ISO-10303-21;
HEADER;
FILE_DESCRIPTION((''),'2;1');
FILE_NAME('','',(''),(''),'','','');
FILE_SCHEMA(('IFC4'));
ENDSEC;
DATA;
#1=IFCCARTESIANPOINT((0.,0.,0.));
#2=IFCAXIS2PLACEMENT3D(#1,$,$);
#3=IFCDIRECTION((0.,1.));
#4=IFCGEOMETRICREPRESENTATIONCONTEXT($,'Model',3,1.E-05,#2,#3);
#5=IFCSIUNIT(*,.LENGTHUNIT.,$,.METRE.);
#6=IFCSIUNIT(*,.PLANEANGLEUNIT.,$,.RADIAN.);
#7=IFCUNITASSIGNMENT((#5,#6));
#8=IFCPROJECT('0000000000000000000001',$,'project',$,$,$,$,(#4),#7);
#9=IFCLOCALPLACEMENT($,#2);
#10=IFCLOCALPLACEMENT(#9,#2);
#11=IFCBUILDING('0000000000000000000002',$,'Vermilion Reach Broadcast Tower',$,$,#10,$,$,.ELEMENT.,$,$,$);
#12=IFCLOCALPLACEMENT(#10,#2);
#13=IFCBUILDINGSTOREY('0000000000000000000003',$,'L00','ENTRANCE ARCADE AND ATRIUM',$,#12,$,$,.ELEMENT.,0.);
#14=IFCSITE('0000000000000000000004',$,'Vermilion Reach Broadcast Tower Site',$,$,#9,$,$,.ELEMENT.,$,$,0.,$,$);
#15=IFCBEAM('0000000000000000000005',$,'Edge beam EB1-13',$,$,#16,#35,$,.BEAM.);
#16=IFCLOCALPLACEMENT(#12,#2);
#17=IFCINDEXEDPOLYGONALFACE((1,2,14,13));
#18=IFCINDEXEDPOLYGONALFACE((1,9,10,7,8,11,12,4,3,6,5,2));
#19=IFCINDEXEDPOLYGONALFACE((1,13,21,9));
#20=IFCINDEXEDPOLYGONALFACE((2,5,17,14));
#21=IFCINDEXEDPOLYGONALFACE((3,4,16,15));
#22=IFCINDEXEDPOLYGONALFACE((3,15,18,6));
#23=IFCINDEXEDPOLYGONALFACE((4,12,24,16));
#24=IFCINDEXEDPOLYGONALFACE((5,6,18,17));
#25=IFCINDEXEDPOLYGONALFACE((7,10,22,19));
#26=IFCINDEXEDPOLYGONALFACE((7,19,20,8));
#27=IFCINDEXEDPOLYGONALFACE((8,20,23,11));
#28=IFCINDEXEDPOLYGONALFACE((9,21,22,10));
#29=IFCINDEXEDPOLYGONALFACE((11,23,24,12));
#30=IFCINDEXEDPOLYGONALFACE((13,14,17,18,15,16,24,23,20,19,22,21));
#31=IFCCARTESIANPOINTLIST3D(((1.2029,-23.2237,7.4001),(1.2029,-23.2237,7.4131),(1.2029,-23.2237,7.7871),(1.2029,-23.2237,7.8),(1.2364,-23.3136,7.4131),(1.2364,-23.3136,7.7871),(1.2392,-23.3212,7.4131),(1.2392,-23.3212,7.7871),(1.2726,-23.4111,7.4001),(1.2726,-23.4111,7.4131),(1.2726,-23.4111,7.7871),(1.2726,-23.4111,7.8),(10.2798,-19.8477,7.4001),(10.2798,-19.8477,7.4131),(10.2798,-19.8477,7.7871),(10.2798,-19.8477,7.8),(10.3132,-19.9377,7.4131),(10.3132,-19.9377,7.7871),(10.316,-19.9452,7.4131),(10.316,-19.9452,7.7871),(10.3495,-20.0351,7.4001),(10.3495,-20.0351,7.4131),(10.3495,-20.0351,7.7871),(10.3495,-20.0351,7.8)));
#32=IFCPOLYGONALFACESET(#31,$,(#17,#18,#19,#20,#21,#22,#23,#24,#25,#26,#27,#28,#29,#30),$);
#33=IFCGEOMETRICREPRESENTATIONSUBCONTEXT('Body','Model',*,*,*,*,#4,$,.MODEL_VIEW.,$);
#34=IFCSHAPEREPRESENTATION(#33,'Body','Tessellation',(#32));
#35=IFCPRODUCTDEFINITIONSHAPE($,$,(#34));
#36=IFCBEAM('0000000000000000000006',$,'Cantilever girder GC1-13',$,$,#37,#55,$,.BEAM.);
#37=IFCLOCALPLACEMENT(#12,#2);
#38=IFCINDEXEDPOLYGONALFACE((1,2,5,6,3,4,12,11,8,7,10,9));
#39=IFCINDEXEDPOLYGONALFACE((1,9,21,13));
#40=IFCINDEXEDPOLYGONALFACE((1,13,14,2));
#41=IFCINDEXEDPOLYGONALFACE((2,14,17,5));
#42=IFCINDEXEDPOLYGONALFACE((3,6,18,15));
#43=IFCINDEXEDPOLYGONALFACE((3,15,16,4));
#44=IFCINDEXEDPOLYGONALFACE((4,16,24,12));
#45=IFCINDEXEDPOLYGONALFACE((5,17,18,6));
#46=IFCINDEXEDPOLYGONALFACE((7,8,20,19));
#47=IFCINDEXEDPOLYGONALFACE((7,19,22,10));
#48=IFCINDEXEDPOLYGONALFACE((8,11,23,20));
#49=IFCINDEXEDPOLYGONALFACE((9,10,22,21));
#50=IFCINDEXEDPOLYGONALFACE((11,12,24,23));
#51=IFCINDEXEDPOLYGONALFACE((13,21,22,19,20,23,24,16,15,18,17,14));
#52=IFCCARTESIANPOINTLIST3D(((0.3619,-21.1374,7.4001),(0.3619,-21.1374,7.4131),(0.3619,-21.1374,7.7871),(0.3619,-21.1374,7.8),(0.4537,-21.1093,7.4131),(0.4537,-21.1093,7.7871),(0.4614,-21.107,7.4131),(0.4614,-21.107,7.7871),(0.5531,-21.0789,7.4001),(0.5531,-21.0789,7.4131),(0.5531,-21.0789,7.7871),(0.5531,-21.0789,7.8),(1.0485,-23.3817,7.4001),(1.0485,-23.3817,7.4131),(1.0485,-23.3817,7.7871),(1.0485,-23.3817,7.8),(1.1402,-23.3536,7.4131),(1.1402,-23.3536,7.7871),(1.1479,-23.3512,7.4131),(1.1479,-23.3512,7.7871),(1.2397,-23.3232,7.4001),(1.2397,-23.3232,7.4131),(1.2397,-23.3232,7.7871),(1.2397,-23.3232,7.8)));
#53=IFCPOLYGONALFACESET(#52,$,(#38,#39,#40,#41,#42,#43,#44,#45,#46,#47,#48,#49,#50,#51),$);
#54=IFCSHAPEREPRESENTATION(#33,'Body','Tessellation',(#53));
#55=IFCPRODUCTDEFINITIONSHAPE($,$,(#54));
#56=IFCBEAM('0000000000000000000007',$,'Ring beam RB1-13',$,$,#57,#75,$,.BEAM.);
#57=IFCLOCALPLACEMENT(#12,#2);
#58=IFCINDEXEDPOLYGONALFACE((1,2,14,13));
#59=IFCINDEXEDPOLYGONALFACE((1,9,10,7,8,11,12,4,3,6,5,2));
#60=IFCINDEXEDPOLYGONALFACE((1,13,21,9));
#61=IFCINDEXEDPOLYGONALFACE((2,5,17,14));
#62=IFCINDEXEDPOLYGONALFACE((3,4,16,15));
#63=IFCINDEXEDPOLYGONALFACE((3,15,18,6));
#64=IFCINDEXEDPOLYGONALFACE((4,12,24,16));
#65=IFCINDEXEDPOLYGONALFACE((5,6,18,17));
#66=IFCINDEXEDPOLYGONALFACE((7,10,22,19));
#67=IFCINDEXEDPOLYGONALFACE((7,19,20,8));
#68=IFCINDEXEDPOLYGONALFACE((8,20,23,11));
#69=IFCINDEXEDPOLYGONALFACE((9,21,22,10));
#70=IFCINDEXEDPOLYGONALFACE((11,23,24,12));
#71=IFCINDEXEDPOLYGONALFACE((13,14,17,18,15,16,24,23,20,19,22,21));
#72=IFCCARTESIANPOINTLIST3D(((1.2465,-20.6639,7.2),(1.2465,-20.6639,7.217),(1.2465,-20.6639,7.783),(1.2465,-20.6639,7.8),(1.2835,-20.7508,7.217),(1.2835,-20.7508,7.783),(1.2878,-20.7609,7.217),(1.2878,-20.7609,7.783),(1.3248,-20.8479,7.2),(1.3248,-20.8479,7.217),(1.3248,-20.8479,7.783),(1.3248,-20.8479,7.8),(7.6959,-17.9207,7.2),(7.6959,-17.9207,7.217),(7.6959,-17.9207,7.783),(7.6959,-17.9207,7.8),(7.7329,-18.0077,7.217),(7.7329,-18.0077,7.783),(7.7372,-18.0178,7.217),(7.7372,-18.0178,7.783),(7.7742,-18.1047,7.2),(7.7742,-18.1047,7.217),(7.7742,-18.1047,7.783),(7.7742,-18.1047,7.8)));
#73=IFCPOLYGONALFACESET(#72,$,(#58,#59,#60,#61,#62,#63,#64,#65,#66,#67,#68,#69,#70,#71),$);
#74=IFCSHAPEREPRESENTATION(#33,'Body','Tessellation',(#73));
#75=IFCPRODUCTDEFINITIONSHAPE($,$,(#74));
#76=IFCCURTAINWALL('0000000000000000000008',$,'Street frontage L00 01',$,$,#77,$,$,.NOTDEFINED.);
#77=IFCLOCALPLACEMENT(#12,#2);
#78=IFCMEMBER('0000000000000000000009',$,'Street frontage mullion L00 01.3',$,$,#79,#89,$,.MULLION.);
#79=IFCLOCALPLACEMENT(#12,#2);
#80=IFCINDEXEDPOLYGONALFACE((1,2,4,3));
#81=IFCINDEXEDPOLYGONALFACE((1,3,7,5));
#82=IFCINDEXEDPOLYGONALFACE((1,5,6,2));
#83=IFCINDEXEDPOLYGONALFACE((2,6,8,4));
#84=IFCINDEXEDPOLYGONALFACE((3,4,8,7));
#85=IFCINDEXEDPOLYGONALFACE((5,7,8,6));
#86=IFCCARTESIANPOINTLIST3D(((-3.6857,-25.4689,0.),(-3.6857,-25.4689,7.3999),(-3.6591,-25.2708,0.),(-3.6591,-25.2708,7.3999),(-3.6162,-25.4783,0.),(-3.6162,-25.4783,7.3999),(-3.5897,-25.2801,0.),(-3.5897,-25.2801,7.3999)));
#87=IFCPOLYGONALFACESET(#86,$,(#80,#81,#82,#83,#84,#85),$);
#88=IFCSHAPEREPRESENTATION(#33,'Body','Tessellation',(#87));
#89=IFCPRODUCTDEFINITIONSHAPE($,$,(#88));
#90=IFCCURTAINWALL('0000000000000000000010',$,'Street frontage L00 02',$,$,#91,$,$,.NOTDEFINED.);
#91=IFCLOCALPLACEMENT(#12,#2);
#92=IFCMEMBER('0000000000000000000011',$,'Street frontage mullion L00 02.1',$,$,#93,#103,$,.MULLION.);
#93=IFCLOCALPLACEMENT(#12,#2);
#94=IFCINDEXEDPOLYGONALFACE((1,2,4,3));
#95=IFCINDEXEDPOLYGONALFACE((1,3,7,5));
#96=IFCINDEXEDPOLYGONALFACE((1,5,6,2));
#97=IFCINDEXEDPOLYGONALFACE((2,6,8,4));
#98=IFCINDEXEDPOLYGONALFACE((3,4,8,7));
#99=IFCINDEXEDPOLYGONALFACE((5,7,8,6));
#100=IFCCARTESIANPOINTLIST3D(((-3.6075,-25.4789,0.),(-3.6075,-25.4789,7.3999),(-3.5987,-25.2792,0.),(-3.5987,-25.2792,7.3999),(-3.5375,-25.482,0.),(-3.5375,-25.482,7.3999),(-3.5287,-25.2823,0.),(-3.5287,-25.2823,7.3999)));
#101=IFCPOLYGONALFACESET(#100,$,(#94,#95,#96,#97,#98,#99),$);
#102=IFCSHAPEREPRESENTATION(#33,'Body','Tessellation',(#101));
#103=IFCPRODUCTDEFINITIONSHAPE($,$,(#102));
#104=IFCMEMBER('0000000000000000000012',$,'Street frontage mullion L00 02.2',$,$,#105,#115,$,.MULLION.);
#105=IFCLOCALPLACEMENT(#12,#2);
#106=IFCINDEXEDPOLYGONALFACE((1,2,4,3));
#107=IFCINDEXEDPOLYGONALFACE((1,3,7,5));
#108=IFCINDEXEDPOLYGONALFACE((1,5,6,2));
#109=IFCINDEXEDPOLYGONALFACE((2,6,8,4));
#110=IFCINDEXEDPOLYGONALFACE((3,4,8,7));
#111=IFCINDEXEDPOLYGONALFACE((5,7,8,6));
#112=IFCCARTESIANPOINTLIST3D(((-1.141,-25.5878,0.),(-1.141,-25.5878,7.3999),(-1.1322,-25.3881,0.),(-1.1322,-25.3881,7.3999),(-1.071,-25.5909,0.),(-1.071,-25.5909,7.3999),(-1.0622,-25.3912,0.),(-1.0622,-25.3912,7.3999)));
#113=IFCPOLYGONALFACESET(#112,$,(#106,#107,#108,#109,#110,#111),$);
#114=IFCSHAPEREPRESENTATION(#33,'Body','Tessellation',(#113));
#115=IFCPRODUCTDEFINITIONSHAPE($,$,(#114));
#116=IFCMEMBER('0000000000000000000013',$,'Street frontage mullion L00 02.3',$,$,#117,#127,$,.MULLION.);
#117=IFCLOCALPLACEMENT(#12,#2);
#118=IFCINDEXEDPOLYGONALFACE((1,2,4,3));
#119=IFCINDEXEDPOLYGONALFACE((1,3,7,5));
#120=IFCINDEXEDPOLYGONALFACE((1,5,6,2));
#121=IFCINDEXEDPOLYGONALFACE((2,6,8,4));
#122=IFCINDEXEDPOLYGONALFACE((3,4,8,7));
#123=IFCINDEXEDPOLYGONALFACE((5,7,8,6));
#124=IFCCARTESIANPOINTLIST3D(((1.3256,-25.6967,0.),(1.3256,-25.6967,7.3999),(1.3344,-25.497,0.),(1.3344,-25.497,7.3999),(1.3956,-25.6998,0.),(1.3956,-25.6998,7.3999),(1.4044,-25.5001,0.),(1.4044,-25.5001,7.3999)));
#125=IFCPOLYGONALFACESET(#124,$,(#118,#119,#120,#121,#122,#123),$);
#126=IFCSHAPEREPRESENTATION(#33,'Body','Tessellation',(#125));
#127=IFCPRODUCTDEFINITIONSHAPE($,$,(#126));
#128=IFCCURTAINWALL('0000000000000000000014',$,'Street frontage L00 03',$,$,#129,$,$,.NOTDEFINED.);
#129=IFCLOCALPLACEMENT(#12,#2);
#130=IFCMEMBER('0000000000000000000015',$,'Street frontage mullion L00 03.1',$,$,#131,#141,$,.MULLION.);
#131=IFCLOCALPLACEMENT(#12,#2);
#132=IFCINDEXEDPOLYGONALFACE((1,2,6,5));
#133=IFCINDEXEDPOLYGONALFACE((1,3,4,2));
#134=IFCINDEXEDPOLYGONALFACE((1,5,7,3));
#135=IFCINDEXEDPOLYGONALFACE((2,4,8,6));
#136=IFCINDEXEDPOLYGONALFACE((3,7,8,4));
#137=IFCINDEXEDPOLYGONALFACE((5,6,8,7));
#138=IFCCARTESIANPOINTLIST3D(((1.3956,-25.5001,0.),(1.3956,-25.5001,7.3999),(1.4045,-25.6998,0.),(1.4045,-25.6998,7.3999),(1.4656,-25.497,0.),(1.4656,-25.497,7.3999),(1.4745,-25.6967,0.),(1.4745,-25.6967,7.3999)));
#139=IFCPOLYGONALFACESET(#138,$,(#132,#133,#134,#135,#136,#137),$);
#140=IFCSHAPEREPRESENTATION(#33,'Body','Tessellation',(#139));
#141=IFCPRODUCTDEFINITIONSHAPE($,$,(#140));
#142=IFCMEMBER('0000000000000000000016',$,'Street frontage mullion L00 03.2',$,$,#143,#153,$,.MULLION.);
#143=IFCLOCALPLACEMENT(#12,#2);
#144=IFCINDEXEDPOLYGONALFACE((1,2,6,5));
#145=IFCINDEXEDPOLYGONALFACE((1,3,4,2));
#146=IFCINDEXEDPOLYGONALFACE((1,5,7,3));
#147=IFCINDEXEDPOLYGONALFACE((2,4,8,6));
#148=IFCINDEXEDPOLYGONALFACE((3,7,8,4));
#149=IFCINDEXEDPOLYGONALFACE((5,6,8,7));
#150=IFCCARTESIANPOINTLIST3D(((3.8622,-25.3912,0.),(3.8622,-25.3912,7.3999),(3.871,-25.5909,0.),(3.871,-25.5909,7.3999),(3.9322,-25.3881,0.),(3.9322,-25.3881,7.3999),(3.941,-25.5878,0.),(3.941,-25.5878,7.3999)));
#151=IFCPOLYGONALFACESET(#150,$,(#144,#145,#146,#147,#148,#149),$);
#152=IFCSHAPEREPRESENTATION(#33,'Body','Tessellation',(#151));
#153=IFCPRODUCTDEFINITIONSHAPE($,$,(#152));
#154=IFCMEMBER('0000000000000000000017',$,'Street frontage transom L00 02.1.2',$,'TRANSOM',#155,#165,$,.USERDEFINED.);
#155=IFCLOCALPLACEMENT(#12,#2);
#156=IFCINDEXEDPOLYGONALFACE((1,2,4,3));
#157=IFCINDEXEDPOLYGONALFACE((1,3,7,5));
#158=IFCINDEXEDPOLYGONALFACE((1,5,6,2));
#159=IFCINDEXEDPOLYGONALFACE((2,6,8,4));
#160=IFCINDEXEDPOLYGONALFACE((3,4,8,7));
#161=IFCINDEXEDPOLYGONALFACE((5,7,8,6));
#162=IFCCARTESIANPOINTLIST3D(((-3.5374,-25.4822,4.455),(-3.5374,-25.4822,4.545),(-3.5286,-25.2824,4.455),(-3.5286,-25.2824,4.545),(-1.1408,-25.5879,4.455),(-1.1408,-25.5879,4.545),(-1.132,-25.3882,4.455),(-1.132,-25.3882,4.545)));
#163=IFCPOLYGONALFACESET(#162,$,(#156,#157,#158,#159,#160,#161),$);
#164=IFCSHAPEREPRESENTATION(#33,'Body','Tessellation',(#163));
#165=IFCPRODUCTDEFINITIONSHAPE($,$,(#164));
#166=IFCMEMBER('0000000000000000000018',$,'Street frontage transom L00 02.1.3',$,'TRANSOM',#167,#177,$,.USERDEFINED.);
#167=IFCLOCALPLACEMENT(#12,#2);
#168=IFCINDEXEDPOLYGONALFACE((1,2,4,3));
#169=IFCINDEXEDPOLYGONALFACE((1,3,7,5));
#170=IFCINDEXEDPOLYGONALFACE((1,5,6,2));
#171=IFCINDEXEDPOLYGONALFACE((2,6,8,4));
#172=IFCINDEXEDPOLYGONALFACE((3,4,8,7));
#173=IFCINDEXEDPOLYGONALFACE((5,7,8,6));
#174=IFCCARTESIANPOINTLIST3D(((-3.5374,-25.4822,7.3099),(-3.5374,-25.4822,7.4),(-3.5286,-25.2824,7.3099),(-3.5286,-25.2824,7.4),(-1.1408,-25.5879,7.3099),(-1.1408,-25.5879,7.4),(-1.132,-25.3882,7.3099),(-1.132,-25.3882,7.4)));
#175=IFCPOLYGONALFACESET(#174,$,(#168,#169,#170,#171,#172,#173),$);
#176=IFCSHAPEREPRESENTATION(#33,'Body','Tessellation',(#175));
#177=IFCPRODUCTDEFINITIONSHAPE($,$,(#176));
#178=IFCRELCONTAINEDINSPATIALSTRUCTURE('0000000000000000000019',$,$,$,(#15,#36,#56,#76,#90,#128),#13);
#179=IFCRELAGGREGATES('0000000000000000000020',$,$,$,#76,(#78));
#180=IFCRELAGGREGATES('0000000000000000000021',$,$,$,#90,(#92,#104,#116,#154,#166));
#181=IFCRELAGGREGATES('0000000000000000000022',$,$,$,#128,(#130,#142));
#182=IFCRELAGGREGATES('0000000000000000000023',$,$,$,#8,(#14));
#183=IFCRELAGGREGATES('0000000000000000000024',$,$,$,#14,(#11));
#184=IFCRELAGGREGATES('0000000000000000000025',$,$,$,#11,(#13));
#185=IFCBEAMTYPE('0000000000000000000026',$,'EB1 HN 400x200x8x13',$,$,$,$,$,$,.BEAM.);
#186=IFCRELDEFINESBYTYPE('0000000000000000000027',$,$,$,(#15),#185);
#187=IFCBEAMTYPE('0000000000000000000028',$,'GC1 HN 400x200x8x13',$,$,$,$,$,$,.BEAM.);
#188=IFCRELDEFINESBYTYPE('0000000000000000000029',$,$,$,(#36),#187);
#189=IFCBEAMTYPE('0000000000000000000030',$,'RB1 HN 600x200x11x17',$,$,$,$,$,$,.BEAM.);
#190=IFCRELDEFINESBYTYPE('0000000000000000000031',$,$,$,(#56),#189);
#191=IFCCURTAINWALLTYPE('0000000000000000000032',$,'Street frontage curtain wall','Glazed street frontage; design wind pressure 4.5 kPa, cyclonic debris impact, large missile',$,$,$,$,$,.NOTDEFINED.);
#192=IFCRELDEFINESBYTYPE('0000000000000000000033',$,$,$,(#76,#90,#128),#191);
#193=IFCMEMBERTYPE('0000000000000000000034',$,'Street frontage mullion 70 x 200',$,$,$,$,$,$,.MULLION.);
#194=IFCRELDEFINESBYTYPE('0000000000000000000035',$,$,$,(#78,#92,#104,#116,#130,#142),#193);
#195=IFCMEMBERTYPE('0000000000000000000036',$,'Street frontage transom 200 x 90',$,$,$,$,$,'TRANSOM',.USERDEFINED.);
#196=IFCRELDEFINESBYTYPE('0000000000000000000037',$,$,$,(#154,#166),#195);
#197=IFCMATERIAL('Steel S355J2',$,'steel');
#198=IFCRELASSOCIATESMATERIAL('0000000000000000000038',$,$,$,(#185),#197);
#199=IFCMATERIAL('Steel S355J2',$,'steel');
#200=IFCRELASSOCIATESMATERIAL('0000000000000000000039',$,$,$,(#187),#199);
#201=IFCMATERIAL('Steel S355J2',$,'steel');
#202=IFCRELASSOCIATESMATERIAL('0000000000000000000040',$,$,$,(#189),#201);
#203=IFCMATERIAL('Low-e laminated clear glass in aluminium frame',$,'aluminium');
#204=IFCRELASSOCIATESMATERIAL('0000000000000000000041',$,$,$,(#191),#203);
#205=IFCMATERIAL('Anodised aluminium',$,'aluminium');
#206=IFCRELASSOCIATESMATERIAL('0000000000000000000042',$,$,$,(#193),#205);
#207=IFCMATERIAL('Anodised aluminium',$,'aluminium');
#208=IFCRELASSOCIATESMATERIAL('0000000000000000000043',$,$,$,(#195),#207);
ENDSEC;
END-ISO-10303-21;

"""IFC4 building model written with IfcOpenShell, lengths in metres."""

from ifc_helpers import new_model, si_unit, direction, frame, origin, origin_2d, place, context, subcontext, project, spatial, rectangle, i_section, extrude, material, material_profile, profile_set, type_object, element, aggregate, save


model = new_model("IFC4")

# Units and contexts
model_context = context("Model", 3, precision=1e-05, world=origin(), true_north=direction((0.0, 1.0)))
body_context = subcontext(model_context, "Body", "Model", "MODEL_VIEW")
ifc_project = project(units=[si_unit("LENGTHUNIT", "METRE"), si_unit("PLANEANGLEUNIT", "RADIAN")], contexts=[model_context])

# Site, building, storey
site_placement = place(None, origin())
site = spatial("IfcSite", under=ifc_project, at=site_placement, Name="Vermilion Reach Broadcast Tower Site", CompositionType="ELEMENT", RefElevation=0.0)
building_placement = place(site_placement, origin())
building = spatial("IfcBuilding", under=site, at=building_placement, Name="Vermilion Reach Broadcast Tower", CompositionType="ELEMENT")
storey_placement = place(building_placement, origin())
storey = spatial("IfcBuildingStorey", under=building, at=storey_placement, Name="L00", Description="ENTRANCE ARCADE AND ATRIUM", CompositionType="ELEMENT", Elevation=0.0)

# Beams
ifc_material_1 = material(Name="Steel S355J2", Category="steel")
ifc_material_profile_1 = material_profile(ifc_material_1, i_section(OverallWidth=0.2, OverallDepth=0.3999, WebThickness=0.0081, FlangeThickness=0.0129, at=origin_2d()), Name="S355J2 HN 400x200x8x13")
ifc_profile_set_1 = profile_set([ifc_material_profile_1], Name="Steel S355J2")
beam_type_1 = type_object("IfcBeamType", Name="EB1 HN 400x200x8x13", PredefinedType="BEAM", material=ifc_profile_set_1)
beam_1_placement = place(storey_placement, frame((1.2378, -23.3174, 7.6001), z_axis=(0.937272, 0.3486, 0.0), x_axis=(-0.3486, 0.937272, 0.0)))
element("IfcBeam", 1, at=beam_1_placement, inside=storey, type_object=beam_type_1, Name="Edge beam EB1-13", PredefinedType="BEAM", context=body_context, shape_type="SweptSolid", body=[
    extrude(i_section(OverallWidth=0.2, OverallDepth=0.3999, WebThickness=0.0081, FlangeThickness=0.0129, at=origin_2d()), origin(), (0.0, 0.0, 1.0), 9.6843),
])
ifc_material_2 = material(Name="Steel S355J2", Category="steel")
ifc_material_profile_2 = material_profile(ifc_material_2, i_section(OverallWidth=0.2, OverallDepth=0.3999, WebThickness=0.0081, FlangeThickness=0.0129, at=origin_2d()), Name="S355J2 HN 400x200x8x13")
ifc_profile_set_2 = profile_set([ifc_material_profile_2], Name="Steel S355J2")
beam_type_2 = type_object("IfcBeamType", Name="GC1 HN 400x200x8x13", PredefinedType="BEAM", material=ifc_profile_set_2)
beam_2_placement = place(storey_placement, frame((0.4575, -21.1082, 7.6001), z_axis=(0.292536, -0.956255, 0.0), x_axis=(0.956255, 0.292536, 0.0)))
element("IfcBeam", 2, at=beam_2_placement, inside=storey, type_object=beam_type_2, Name="Cantilever girder GC1-13", PredefinedType="BEAM", context=body_context, shape_type="SweptSolid", body=[
    extrude(i_section(OverallWidth=0.2, OverallDepth=0.3999, WebThickness=0.0081, FlangeThickness=0.0129, at=origin_2d()), origin(), (0.0, 0.0, 1.0), 2.3469),
])
ifc_material_3 = material(Name="Steel S355J2", Category="steel")
ifc_material_profile_3 = material_profile(ifc_material_3, i_section(OverallWidth=0.2, OverallDepth=0.6001, WebThickness=0.011, FlangeThickness=0.0171, at=origin_2d()), Name="S355J2 HN 600x200x11x17")
ifc_profile_set_3 = profile_set([ifc_material_profile_3], Name="Steel S355J2")
beam_type_3 = type_object("IfcBeamType", Name="RB1 HN 600x200x11x17", PredefinedType="BEAM", material=ifc_profile_set_3)
beam_3_placement = place(storey_placement, frame((1.2856, -20.7559, 7.5), z_axis=(0.920221, 0.3914, 0.0), x_axis=(-0.3914, 0.920221, 0.0)))
element("IfcBeam", 3, at=beam_3_placement, inside=storey, type_object=beam_type_3, Name="Ring beam RB1-13", PredefinedType="BEAM", context=body_context, shape_type="SweptSolid", body=[
    extrude(i_section(OverallWidth=0.2, OverallDepth=0.6001, WebThickness=0.011, FlangeThickness=0.0171, at=origin_2d()), origin(), (0.0, 0.0, 1.0), 7.0085),
])

# Curtain wall, member
ifc_material_4 = material(Name="Low-e laminated clear glass in aluminium frame", Category="aluminium")
curtain_wall_type = type_object("IfcCurtainWallType", Name="Street frontage curtain wall", Description="Glazed street frontage; design wind pressure 4.5 kPa, cyclonic debris impact, large missile", PredefinedType="NOTDEFINED", material=ifc_material_4)
placement = place(storey_placement, origin())
curtain_wall_1 = element("IfcCurtainWall", 4, at=placement, inside=storey, type_object=curtain_wall_type, Name="Street frontage L00 01", PredefinedType="NOTDEFINED")
ifc_material_5 = material(Name="Anodised aluminium", Category="aluminium")
ifc_material_profile_4 = material_profile(ifc_material_5, rectangle(XDim=0.2, YDim=0.0701, at=origin_2d()), Name="Street frontage mullion 70 x 200")
ifc_profile_set_4 = profile_set([ifc_material_profile_4], Name="Anodised aluminium")
member_type_1 = type_object("IfcMemberType", Name="Street frontage mullion 70 x 200", PredefinedType="MULLION", material=ifc_profile_set_4)
member_1_placement = place(storey_placement, frame((-3.6377, -25.3745, 0.0), z_axis=(0.0, 0.0, 1.0), x_axis=(0.132794, 0.991144, 0.0)))
member_1 = element("IfcMember", 5, at=member_1_placement, type_object=member_type_1, Name="Street frontage mullion L00 01.3", PredefinedType="MULLION", context=body_context, shape_type="SweptSolid", body=[
    extrude(rectangle(XDim=0.2, YDim=0.0701, at=origin_2d()), origin(), (0.0, 0.0, 1.0), 7.3999),
])

# Curtain walls, members
curtain_wall_2 = element("IfcCurtainWall", 6, at=placement, inside=storey, type_object=curtain_wall_type, Name="Street frontage L00 02", PredefinedType="NOTDEFINED")
member_2_placement = place(storey_placement, frame((-3.5681, -25.3806, 0.0), z_axis=(0.0, 0.0, 1.0), x_axis=(0.044105, 0.999027, 0.0)))
member_2 = element("IfcMember", 7, at=member_2_placement, type_object=member_type_1, Name="Street frontage mullion L00 02.1", PredefinedType="MULLION", context=body_context, shape_type="SweptSolid", body=[
    extrude(rectangle(XDim=0.2, YDim=0.0701, at=origin_2d()), origin(), (0.0, 0.0, 1.0), 7.3999),
])
member_3_placement = place(storey_placement, frame((-1.1016, -25.4895, 0.0), z_axis=(0.0, 0.0, 1.0), x_axis=(0.044105, 0.999027, 0.0)))
member_3 = element("IfcMember", 8, at=member_3_placement, type_object=member_type_1, Name="Street frontage mullion L00 02.2", PredefinedType="MULLION", context=body_context, shape_type="SweptSolid", body=[
    extrude(rectangle(XDim=0.2, YDim=0.0701, at=origin_2d()), origin(), (0.0, 0.0, 1.0), 7.3999),
])
member_4_placement = place(storey_placement, frame((1.365, -25.5984, 0.0), z_axis=(0.0, 0.0, 1.0), x_axis=(0.044105, 0.999027, 0.0)))
member_4 = element("IfcMember", 9, at=member_4_placement, type_object=member_type_1, Name="Street frontage mullion L00 02.3", PredefinedType="MULLION", context=body_context, shape_type="SweptSolid", body=[
    extrude(rectangle(XDim=0.2, YDim=0.0701, at=origin_2d()), origin(), (0.0, 0.0, 1.0), 7.3999),
])
curtain_wall_3 = element("IfcCurtainWall", 10, at=placement, inside=storey, type_object=curtain_wall_type, Name="Street frontage L00 03", PredefinedType="NOTDEFINED")
member_5_placement = place(storey_placement, frame((1.4351, -25.5984, 0.0), z_axis=(0.0, 0.0, 1.0), x_axis=(-0.044105, 0.999027, 0.0)))
member_5 = element("IfcMember", 11, at=member_5_placement, type_object=member_type_1, Name="Street frontage mullion L00 03.1", PredefinedType="MULLION", context=body_context, shape_type="SweptSolid", body=[
    extrude(rectangle(XDim=0.2, YDim=0.0701, at=origin_2d()), origin(), (0.0, 0.0, 1.0), 7.3999),
])
member_6_placement = place(storey_placement, frame((3.9016, -25.4895, 0.0), z_axis=(0.0, 0.0, 1.0), x_axis=(-0.044105, 0.999027, 0.0)))
member_6 = element("IfcMember", 12, at=member_6_placement, type_object=member_type_1, Name="Street frontage mullion L00 03.2", PredefinedType="MULLION", context=body_context, shape_type="SweptSolid", body=[
    extrude(rectangle(XDim=0.2, YDim=0.0701, at=origin_2d()), origin(), (0.0, 0.0, 1.0), 7.3999),
])

# Members
ifc_material_6 = material(Name="Anodised aluminium", Category="aluminium")
ifc_material_profile_5 = material_profile(ifc_material_6, rectangle(XDim=0.2, YDim=0.0901, at=origin_2d()), Name="Street frontage transom 200 x 90")
ifc_profile_set_5 = profile_set([ifc_material_profile_5], Name="Anodised aluminium")
member_type_2 = type_object("IfcMemberType", Name="Street frontage transom 200 x 90", ElementType="TRANSOM", PredefinedType="USERDEFINED", material=ifc_profile_set_5)
member_7_placement = place(storey_placement, frame((-3.533, -25.3823, 4.5), z_axis=(0.999028, -0.044069, 0.0), x_axis=(0.044069, 0.999028, 0.0)))
member_7 = element("IfcMember", 13, at=member_7_placement, type_object=member_type_2, Name="Street frontage transom L00 02.1.2", ObjectType="TRANSOM", PredefinedType="USERDEFINED", context=body_context, shape_type="SweptSolid", body=[
    extrude(rectangle(XDim=0.2, YDim=0.0901, at=origin_2d()), origin(), (0.0, 0.0, 1.0), 2.3989),
])
member_8_placement = place(storey_placement, frame((-3.533, -25.3823, 7.355), z_axis=(0.999028, -0.044069, 0.0), x_axis=(0.044069, 0.999028, 0.0)))
member_8 = element("IfcMember", 14, at=member_8_placement, type_object=member_type_2, Name="Street frontage transom L00 02.1.3", ObjectType="TRANSOM", PredefinedType="USERDEFINED", context=body_context, shape_type="SweptSolid", body=[
    extrude(rectangle(XDim=0.2, YDim=0.0901, at=origin_2d()), origin(), (0.0, 0.0, 1.0), 2.3989),
])

aggregate(curtain_wall_1, [member_1])
aggregate(curtain_wall_2, [member_2, member_3, member_4, member_7, member_8])
aggregate(curtain_wall_3, [member_5, member_6])

save(model, "model.ifc")
